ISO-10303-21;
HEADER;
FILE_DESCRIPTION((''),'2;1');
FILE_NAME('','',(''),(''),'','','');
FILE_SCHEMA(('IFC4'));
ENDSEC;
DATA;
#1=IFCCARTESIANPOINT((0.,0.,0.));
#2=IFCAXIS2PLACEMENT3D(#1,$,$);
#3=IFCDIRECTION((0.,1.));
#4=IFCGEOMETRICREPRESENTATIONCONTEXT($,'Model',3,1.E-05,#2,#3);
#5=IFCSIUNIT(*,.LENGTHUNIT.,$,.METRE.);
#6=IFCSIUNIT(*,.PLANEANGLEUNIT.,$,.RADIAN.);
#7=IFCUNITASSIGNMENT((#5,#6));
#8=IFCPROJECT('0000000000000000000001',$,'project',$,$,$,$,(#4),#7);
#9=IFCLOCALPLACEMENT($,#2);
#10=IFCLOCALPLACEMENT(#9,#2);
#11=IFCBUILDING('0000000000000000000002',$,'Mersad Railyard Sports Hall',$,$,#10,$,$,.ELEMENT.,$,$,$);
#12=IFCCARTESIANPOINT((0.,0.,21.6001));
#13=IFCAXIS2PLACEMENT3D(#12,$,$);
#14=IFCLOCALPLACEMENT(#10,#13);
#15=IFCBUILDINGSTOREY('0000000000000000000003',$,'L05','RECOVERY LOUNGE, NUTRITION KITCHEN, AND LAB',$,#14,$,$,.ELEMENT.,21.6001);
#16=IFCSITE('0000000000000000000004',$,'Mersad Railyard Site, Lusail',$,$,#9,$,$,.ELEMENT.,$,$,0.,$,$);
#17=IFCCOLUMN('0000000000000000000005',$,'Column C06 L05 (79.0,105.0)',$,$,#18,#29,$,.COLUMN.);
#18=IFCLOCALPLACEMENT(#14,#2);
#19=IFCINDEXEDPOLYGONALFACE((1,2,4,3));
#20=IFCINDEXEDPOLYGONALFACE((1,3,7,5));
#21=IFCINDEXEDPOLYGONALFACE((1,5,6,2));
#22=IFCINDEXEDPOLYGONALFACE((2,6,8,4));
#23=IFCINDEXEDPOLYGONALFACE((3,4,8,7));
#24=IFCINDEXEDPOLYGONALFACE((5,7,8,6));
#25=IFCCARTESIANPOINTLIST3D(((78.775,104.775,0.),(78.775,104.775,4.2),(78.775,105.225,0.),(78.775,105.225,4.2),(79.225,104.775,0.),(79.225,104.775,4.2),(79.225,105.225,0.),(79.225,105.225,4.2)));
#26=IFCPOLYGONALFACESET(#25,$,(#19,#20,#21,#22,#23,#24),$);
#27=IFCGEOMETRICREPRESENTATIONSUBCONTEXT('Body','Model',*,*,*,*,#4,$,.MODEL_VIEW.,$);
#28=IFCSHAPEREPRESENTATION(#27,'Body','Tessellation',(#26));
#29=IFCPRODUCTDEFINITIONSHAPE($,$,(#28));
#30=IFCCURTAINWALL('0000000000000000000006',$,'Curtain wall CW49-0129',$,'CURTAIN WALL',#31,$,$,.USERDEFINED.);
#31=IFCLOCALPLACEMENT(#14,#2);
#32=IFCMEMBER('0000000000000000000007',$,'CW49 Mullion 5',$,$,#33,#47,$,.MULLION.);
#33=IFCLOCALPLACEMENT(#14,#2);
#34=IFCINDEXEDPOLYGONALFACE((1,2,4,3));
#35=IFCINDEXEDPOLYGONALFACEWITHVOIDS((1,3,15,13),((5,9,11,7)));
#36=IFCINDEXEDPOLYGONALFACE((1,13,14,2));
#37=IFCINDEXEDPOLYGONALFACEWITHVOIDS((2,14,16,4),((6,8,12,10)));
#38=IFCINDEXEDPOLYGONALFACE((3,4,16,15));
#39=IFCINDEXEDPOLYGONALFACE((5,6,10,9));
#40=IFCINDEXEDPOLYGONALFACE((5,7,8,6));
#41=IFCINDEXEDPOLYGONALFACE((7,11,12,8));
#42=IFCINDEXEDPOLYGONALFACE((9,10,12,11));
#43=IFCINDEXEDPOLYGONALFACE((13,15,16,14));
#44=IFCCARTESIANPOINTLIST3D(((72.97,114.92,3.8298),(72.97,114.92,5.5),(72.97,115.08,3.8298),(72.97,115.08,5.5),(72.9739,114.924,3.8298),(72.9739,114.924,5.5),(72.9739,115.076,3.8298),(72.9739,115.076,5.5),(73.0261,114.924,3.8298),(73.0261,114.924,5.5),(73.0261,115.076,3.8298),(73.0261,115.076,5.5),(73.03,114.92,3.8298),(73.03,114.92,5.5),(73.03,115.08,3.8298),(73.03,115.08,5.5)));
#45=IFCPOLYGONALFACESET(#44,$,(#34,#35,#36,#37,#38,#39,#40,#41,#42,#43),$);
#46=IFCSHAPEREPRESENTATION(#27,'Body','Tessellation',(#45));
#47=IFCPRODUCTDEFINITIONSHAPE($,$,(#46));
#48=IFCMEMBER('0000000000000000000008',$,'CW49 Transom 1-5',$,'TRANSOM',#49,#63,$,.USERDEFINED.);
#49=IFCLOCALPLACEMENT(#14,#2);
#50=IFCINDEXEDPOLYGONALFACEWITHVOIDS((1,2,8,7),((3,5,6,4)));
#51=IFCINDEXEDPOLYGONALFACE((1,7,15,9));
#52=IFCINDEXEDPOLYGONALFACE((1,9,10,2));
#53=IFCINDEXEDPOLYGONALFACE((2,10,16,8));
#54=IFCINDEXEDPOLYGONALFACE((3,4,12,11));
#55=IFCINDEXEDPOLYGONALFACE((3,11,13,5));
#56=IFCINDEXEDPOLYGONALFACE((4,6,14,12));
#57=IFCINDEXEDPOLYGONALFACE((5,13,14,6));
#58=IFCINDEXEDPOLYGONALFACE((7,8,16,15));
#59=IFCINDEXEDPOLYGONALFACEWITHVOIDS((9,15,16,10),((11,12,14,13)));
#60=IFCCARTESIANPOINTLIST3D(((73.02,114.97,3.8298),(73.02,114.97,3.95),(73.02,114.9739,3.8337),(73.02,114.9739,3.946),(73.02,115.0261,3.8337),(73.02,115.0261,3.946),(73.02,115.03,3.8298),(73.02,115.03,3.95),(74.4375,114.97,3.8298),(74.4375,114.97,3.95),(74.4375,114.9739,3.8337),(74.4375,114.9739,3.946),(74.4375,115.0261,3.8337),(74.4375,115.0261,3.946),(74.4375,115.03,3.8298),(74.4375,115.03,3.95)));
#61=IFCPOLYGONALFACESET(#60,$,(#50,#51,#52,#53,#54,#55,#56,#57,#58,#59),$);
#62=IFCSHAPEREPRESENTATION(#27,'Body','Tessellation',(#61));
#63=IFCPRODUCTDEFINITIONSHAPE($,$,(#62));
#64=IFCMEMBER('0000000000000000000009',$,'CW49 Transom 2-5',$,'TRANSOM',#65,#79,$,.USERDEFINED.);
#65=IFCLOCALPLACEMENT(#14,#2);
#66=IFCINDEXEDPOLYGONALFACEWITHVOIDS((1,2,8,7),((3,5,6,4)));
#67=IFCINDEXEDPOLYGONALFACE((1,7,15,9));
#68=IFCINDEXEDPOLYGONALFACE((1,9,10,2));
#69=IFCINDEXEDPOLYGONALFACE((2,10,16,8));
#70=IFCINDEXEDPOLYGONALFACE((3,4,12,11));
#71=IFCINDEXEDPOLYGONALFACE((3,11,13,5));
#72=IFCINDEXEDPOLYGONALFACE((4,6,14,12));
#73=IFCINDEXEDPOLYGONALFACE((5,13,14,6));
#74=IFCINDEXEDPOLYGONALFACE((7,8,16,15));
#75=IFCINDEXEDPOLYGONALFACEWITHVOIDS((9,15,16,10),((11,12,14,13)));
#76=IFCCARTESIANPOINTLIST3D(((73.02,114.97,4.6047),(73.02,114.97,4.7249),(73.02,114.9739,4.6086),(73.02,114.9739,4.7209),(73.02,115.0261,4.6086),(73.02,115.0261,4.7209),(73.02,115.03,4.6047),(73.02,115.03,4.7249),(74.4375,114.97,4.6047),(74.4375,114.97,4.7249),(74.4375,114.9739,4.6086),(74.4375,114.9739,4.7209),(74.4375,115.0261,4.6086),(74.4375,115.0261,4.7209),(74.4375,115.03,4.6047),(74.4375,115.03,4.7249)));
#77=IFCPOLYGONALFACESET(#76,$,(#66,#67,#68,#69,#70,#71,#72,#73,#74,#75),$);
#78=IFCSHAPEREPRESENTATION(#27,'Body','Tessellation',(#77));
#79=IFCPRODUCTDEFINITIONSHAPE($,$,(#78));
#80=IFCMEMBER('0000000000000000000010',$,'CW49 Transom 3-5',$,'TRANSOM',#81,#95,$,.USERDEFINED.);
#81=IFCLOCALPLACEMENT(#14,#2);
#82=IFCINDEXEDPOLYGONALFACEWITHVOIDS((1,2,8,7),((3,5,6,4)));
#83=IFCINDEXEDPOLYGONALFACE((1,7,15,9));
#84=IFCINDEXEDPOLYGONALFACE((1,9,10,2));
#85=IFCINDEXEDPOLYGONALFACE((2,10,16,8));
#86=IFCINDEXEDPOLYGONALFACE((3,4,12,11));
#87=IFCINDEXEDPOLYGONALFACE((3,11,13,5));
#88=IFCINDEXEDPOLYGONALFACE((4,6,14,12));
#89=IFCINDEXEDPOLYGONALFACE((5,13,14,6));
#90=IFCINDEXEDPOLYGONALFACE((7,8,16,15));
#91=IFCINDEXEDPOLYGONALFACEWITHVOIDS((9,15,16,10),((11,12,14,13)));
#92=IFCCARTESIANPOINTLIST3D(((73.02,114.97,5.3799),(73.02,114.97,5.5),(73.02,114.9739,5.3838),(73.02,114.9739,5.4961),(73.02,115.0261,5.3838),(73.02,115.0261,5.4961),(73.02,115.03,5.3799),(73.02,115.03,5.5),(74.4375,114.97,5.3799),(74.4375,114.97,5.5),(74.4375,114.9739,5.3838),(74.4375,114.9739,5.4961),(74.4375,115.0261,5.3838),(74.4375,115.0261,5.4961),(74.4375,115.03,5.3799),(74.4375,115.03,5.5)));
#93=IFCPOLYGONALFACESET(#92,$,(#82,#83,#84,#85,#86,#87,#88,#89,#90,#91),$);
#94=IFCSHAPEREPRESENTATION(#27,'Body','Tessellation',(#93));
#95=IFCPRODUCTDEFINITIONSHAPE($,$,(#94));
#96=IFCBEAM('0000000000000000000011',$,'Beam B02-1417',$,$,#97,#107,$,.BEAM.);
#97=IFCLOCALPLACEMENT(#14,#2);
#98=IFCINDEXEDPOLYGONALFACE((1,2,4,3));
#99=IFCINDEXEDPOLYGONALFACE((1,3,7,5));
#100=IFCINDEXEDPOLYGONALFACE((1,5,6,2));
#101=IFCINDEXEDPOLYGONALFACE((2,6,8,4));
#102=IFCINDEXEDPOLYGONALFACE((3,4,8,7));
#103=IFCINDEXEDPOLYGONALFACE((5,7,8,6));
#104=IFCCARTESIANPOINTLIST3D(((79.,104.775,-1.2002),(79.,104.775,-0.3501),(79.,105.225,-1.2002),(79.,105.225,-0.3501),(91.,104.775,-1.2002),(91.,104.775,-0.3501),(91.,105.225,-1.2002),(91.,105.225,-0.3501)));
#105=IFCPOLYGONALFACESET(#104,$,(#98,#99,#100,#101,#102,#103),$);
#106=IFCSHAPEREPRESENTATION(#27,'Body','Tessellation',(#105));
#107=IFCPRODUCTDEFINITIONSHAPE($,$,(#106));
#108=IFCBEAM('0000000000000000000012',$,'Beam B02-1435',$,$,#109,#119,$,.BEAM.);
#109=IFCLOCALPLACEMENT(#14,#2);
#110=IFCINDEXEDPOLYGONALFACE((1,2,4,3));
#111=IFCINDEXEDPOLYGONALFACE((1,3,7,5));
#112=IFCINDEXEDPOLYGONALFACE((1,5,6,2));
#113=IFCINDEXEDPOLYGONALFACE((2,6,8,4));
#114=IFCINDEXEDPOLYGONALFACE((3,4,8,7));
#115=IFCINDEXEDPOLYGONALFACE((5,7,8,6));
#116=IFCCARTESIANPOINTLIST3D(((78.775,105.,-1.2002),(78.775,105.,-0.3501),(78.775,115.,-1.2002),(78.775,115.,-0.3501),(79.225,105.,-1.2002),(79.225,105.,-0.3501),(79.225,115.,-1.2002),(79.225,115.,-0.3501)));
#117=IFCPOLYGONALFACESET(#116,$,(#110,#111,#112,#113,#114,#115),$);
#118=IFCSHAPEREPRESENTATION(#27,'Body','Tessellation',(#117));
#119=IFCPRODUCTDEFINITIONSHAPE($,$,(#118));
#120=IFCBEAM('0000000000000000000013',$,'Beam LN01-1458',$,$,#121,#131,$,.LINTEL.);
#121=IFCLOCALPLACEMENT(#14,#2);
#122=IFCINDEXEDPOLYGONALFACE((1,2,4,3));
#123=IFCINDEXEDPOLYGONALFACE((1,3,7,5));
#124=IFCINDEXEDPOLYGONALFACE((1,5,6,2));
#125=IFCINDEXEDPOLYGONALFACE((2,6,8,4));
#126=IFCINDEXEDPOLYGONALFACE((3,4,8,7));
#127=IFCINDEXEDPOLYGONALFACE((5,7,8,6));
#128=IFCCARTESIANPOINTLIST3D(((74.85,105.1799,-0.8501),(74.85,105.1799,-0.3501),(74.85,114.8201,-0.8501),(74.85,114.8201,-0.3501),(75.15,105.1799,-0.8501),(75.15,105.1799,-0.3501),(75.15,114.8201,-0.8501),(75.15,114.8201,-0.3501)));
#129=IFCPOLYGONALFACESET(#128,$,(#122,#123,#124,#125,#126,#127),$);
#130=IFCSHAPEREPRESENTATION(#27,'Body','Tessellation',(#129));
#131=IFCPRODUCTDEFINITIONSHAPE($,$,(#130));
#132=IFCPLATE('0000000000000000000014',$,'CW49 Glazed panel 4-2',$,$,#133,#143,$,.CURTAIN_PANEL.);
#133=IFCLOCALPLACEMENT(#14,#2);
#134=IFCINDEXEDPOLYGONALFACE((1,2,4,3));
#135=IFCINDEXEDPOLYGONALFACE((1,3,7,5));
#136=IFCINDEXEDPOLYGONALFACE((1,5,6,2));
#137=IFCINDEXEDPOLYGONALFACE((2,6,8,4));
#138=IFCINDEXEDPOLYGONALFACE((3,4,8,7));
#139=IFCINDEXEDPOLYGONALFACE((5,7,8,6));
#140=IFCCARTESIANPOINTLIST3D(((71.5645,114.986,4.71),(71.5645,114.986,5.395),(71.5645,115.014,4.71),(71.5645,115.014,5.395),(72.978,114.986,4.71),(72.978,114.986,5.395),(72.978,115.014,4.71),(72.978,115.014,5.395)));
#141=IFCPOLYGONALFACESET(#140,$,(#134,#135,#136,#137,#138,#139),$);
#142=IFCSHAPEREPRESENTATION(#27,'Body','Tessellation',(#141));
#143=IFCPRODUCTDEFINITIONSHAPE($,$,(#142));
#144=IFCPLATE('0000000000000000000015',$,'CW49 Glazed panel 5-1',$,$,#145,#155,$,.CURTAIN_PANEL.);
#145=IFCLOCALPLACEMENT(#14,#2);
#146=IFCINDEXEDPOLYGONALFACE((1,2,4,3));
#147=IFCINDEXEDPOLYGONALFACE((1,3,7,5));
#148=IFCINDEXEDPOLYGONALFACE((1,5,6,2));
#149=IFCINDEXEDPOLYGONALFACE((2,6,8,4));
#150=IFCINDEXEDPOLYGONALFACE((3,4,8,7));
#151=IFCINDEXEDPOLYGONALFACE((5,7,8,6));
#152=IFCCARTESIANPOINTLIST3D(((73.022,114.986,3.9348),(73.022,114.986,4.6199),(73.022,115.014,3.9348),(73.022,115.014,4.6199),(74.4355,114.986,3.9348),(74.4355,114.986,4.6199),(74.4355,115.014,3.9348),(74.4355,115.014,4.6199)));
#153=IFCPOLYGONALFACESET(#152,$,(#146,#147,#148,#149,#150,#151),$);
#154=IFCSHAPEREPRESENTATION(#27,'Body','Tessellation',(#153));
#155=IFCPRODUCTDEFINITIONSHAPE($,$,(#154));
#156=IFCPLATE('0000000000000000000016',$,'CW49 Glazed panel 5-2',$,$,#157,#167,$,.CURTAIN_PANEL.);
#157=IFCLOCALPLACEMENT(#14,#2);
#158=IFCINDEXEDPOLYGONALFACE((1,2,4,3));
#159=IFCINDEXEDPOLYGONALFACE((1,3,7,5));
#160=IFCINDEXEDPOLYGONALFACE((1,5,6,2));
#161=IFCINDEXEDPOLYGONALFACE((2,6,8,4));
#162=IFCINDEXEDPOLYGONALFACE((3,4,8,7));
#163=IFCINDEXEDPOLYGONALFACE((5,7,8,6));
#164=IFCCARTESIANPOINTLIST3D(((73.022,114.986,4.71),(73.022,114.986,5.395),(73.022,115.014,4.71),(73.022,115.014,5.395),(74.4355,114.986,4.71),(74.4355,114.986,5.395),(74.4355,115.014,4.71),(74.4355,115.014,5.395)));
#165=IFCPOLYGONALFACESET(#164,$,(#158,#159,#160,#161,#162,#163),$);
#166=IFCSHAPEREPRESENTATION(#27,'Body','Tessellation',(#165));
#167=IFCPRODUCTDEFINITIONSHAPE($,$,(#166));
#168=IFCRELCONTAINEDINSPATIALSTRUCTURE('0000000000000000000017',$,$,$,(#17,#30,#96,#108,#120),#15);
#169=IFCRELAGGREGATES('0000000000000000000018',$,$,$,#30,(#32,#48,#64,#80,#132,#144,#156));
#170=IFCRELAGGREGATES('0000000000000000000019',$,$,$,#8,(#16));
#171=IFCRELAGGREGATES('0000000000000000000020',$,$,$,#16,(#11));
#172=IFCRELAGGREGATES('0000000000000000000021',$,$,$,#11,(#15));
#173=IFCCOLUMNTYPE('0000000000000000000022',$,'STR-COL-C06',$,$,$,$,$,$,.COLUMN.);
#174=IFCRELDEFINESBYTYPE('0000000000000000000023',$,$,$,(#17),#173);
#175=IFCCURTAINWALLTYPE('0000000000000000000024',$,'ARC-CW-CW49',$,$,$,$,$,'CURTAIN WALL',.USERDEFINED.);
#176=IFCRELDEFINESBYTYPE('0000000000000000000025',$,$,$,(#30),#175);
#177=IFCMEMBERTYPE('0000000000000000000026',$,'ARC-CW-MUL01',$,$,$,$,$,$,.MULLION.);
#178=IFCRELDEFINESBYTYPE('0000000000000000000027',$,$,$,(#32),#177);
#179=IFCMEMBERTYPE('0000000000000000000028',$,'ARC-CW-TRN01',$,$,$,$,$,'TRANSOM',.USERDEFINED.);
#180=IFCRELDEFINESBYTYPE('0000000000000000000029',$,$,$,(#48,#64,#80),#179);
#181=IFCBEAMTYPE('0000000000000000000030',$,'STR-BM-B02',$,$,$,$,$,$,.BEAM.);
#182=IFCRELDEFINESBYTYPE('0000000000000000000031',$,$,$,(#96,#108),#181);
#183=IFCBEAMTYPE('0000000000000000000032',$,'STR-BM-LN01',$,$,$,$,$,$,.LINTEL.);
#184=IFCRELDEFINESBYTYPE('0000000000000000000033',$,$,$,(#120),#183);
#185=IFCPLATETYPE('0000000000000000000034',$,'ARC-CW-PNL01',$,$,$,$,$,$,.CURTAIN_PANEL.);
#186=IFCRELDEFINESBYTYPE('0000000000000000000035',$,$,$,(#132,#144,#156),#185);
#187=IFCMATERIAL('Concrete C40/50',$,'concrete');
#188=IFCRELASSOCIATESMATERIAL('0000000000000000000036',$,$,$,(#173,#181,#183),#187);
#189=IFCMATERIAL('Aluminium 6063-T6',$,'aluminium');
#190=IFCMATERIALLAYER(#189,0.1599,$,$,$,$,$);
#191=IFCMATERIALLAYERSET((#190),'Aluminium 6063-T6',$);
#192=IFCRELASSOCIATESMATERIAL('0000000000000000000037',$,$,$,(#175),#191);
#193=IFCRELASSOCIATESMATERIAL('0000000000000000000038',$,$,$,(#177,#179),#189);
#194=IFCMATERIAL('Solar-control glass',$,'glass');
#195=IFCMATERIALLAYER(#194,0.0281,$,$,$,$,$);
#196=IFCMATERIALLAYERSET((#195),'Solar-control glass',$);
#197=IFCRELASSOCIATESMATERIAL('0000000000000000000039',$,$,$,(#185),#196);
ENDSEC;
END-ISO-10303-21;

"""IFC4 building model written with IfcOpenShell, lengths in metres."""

from ifc_helpers import new_model, si_unit, direction, frame, origin, origin_2d, place, context, subcontext, project, spatial, rectangle, hollow_rectangle, extrude, material, layer, layer_set, material_profile, profile_set, type_object, element, aggregate, save


model = new_model("IFC4")

# Units and contexts
model_context = context("Model", 3, precision=1e-05, world=origin(), true_north=direction((0.0, 1.0)))
body_context = subcontext(model_context, "Body", "Model", "MODEL_VIEW")
ifc_project = project(units=[si_unit("LENGTHUNIT", "METRE"), si_unit("PLANEANGLEUNIT", "RADIAN")], contexts=[model_context])

# Site, building, storey
site_placement = place(None, origin())
site = spatial("IfcSite", under=ifc_project, at=site_placement, Name="Mersad Railyard Site, Lusail", CompositionType="ELEMENT", RefElevation=0.0)
building_placement = place(site_placement, origin())
building = spatial("IfcBuilding", under=site, at=building_placement, Name="Mersad Railyard Sports Hall", CompositionType="ELEMENT")
storey_placement = place(building_placement, frame((0.0, 0.0, 21.6001)))
storey = spatial("IfcBuildingStorey", under=building, at=storey_placement, Name="L05", Description="RECOVERY LOUNGE, NUTRITION KITCHEN, AND LAB", CompositionType="ELEMENT", Elevation=21.6001)

# Column
ifc_material_1 = material(Name="Concrete C40/50", Category="concrete")
ifc_material_profile_1 = material_profile(ifc_material_1, rectangle(XDim=0.45, YDim=0.45, at=origin_2d()), Name="RC 450x450")
ifc_profile_set_1 = profile_set([ifc_material_profile_1], Name="Concrete C40/50")
column_type = type_object("IfcColumnType", Name="STR-COL-C06", PredefinedType="COLUMN", material=ifc_profile_set_1)
column_placement = place(storey_placement, frame((79.0, 105.0, 0.0), z_axis=(0.0, 0.0, 1.0), x_axis=(1.0, 0.0, 0.0)))
element("IfcColumn", 1, at=column_placement, inside=storey, type_object=column_type, Name="Column C06 L05 (79.0,105.0)", PredefinedType="COLUMN", context=body_context, shape_type="SweptSolid", body=[
    extrude(rectangle(XDim=0.45, YDim=0.45, at=origin_2d()), origin(), (0.0, 0.0, 1.0), 4.2),
])

# Curtain wall, members
ifc_material_2 = material(Name="Aluminium 6063-T6", Category="aluminium")
ifc_layer_1 = layer(ifc_material_2, 0.1599)
ifc_layer_set_1 = layer_set([ifc_layer_1], Name="Aluminium 6063-T6")
curtain_wall_type = type_object("IfcCurtainWallType", Name="ARC-CW-CW49", ElementType="CURTAIN WALL", PredefinedType="USERDEFINED", material=ifc_layer_set_1)
curtain_wall_placement = place(storey_placement, origin())
curtain_wall = element("IfcCurtainWall", 2, at=curtain_wall_placement, inside=storey, type_object=curtain_wall_type, Name="Curtain wall CW49-0129", ObjectType="CURTAIN WALL", PredefinedType="USERDEFINED")
ifc_material_profile_2 = material_profile(ifc_material_2, hollow_rectangle(XDim=0.0601, YDim=0.1599, WallThickness=0.0039, at=origin_2d()), Name="AL MULLION 60x160x4")
ifc_profile_set_2 = profile_set([ifc_material_profile_2], Name="Aluminium 6063-T6")
member_type_1 = type_object("IfcMemberType", Name="ARC-CW-MUL01", PredefinedType="MULLION", material=ifc_profile_set_2)
member_1_placement = place(storey_placement, frame((73.0, 115.0, 3.8298), z_axis=(0.0, 0.0, 1.0), x_axis=(1.0, 0.0, 0.0)))
member_1 = element("IfcMember", 3, at=member_1_placement, type_object=member_type_1, Name="CW49 Mullion 5", PredefinedType="MULLION", context=body_context, shape_type="SweptSolid", body=[
    extrude(hollow_rectangle(XDim=0.0601, YDim=0.1599, WallThickness=0.0039, at=origin_2d()), origin(), (0.0, 0.0, 1.0), 1.6702),
])
ifc_material_profile_3 = material_profile(ifc_material_2, hollow_rectangle(XDim=0.0601, YDim=0.1201, WallThickness=0.0039, at=origin_2d()), Name="AL TRANSOM 60x120x4")
ifc_profile_set_3 = profile_set([ifc_material_profile_3], Name="Aluminium 6063-T6")
member_type_2 = type_object("IfcMemberType", Name="ARC-CW-TRN01", ElementType="TRANSOM", PredefinedType="USERDEFINED", material=ifc_profile_set_3)
member_2_placement = place(storey_placement, frame((73.02, 115.0, 3.8899), z_axis=(1.0, 0.0, 0.0), x_axis=(0.0, 1.0, 0.0)))
member_2 = element("IfcMember", 4, at=member_2_placement, type_object=member_type_2, Name="CW49 Transom 1-5", ObjectType="TRANSOM", PredefinedType="USERDEFINED", context=body_context, shape_type="SweptSolid", body=[
    extrude(hollow_rectangle(XDim=0.0601, YDim=0.1201, WallThickness=0.0039, at=origin_2d()), origin(), (0.0, 0.0, 1.0), 1.4175),
])
member_3_placement = place(storey_placement, frame((73.02, 115.0, 4.6648), z_axis=(1.0, 0.0, 0.0), x_axis=(0.0, 1.0, 0.0)))
member_3 = element("IfcMember", 5, at=member_3_placement, type_object=member_type_2, Name="CW49 Transom 2-5", ObjectType="TRANSOM", PredefinedType="USERDEFINED", context=body_context, shape_type="SweptSolid", body=[
    extrude(hollow_rectangle(XDim=0.0601, YDim=0.1201, WallThickness=0.0039, at=origin_2d()), origin(), (0.0, 0.0, 1.0), 1.4175),
])
member_4_placement = place(storey_placement, frame((73.02, 115.0, 5.4399), z_axis=(1.0, 0.0, 0.0), x_axis=(0.0, 1.0, 0.0)))
member_4 = element("IfcMember", 6, at=member_4_placement, type_object=member_type_2, Name="CW49 Transom 3-5", ObjectType="TRANSOM", PredefinedType="USERDEFINED", context=body_context, shape_type="SweptSolid", body=[
    extrude(hollow_rectangle(XDim=0.0601, YDim=0.1201, WallThickness=0.0039, at=origin_2d()), origin(), (0.0, 0.0, 1.0), 1.4175),
])

# Beams
ifc_material_profile_4 = material_profile(ifc_material_1, rectangle(XDim=0.45, YDim=0.8501, at=origin_2d()), Name="RC 450x850")
ifc_profile_set_4 = profile_set([ifc_material_profile_4], Name="Concrete C40/50")
beam_type_1 = type_object("IfcBeamType", Name="STR-BM-B02", PredefinedType="BEAM", material=ifc_profile_set_4)
beam_1_placement = place(storey_placement, frame((79.0, 105.0, -0.7751), z_axis=(1.0, 0.0, 0.0), x_axis=(0.0, 1.0, 0.0)))
element("IfcBeam", 7, at=beam_1_placement, inside=storey, type_object=beam_type_1, Name="Beam B02-1417", PredefinedType="BEAM", context=body_context, shape_type="SweptSolid", body=[
    extrude(rectangle(XDim=0.45, YDim=0.8501, at=origin_2d()), origin(), (0.0, 0.0, 1.0), 12.0),
])
beam_2_placement = place(storey_placement, frame((79.0, 105.0, -0.7751), z_axis=(0.0, 1.0, 0.0), x_axis=(-1.0, 0.0, 0.0)))
element("IfcBeam", 8, at=beam_2_placement, inside=storey, type_object=beam_type_1, Name="Beam B02-1435", PredefinedType="BEAM", context=body_context, shape_type="SweptSolid", body=[
    extrude(rectangle(XDim=0.45, YDim=0.8501, at=origin_2d()), origin(), (0.0, 0.0, 1.0), 10.0),
])
ifc_material_profile_5 = material_profile(ifc_material_1, rectangle(XDim=0.3, YDim=0.5, at=origin_2d()), Name="RC 300x500")
ifc_profile_set_5 = profile_set([ifc_material_profile_5], Name="Concrete C40/50")
beam_type_2 = type_object("IfcBeamType", Name="STR-BM-LN01", PredefinedType="LINTEL", material=ifc_profile_set_5)
beam_3_placement = place(storey_placement, frame((75.0, 105.1799, -0.6001), z_axis=(0.0, 1.0, 0.0), x_axis=(-1.0, 0.0, 0.0)))
element("IfcBeam", 9, at=beam_3_placement, inside=storey, type_object=beam_type_2, Name="Beam LN01-1458", PredefinedType="LINTEL", context=body_context, shape_type="SweptSolid", body=[
    extrude(rectangle(XDim=0.3, YDim=0.5, at=origin_2d()), origin(), (0.0, 0.0, 1.0), 9.6401),
])

# Plates
ifc_material_3 = material(Name="Solar-control glass", Category="glass")
ifc_layer_2 = layer(ifc_material_3, 0.0281)
ifc_layer_set_2 = layer_set([ifc_layer_2], Name="Solar-control glass")
plate_type = type_object("IfcPlateType", Name="ARC-CW-PNL01", PredefinedType="CURTAIN_PANEL", material=ifc_layer_set_2)
plate_1_placement = place(storey_placement, frame((72.2712, 115.0, 4.71), z_axis=(0.0, 0.0, 1.0), x_axis=(1.0, 0.0, 0.0)))
plate_1 = element("IfcPlate", 10, at=plate_1_placement, type_object=plate_type, Name="CW49 Glazed panel 4-2", PredefinedType="CURTAIN_PANEL", context=body_context, shape_type="SweptSolid", body=[
    extrude(rectangle(XDim=1.4136, YDim=0.0281, at=origin_2d()), origin(), (0.0, 0.0, 1.0), 0.6851),
])
plate_2_placement = place(storey_placement, frame((73.7288, 115.0, 3.9348), z_axis=(0.0, 0.0, 1.0), x_axis=(1.0, 0.0, 0.0)))
plate_2 = element("IfcPlate", 11, at=plate_2_placement, type_object=plate_type, Name="CW49 Glazed panel 5-1", PredefinedType="CURTAIN_PANEL", context=body_context, shape_type="SweptSolid", body=[
    extrude(rectangle(XDim=1.4136, YDim=0.0281, at=origin_2d()), origin(), (0.0, 0.0, 1.0), 0.6851),
])
plate_3_placement = place(storey_placement, frame((73.7288, 115.0, 4.71), z_axis=(0.0, 0.0, 1.0), x_axis=(1.0, 0.0, 0.0)))
plate_3 = element("IfcPlate", 12, at=plate_3_placement, type_object=plate_type, Name="CW49 Glazed panel 5-2", PredefinedType="CURTAIN_PANEL", context=body_context, shape_type="SweptSolid", body=[
    extrude(rectangle(XDim=1.4136, YDim=0.0281, at=origin_2d()), origin(), (0.0, 0.0, 1.0), 0.6851),
])
aggregate(curtain_wall, [member_1, member_2, member_3, member_4, plate_1, plate_2, plate_3])

save(model, "model.ifc")
